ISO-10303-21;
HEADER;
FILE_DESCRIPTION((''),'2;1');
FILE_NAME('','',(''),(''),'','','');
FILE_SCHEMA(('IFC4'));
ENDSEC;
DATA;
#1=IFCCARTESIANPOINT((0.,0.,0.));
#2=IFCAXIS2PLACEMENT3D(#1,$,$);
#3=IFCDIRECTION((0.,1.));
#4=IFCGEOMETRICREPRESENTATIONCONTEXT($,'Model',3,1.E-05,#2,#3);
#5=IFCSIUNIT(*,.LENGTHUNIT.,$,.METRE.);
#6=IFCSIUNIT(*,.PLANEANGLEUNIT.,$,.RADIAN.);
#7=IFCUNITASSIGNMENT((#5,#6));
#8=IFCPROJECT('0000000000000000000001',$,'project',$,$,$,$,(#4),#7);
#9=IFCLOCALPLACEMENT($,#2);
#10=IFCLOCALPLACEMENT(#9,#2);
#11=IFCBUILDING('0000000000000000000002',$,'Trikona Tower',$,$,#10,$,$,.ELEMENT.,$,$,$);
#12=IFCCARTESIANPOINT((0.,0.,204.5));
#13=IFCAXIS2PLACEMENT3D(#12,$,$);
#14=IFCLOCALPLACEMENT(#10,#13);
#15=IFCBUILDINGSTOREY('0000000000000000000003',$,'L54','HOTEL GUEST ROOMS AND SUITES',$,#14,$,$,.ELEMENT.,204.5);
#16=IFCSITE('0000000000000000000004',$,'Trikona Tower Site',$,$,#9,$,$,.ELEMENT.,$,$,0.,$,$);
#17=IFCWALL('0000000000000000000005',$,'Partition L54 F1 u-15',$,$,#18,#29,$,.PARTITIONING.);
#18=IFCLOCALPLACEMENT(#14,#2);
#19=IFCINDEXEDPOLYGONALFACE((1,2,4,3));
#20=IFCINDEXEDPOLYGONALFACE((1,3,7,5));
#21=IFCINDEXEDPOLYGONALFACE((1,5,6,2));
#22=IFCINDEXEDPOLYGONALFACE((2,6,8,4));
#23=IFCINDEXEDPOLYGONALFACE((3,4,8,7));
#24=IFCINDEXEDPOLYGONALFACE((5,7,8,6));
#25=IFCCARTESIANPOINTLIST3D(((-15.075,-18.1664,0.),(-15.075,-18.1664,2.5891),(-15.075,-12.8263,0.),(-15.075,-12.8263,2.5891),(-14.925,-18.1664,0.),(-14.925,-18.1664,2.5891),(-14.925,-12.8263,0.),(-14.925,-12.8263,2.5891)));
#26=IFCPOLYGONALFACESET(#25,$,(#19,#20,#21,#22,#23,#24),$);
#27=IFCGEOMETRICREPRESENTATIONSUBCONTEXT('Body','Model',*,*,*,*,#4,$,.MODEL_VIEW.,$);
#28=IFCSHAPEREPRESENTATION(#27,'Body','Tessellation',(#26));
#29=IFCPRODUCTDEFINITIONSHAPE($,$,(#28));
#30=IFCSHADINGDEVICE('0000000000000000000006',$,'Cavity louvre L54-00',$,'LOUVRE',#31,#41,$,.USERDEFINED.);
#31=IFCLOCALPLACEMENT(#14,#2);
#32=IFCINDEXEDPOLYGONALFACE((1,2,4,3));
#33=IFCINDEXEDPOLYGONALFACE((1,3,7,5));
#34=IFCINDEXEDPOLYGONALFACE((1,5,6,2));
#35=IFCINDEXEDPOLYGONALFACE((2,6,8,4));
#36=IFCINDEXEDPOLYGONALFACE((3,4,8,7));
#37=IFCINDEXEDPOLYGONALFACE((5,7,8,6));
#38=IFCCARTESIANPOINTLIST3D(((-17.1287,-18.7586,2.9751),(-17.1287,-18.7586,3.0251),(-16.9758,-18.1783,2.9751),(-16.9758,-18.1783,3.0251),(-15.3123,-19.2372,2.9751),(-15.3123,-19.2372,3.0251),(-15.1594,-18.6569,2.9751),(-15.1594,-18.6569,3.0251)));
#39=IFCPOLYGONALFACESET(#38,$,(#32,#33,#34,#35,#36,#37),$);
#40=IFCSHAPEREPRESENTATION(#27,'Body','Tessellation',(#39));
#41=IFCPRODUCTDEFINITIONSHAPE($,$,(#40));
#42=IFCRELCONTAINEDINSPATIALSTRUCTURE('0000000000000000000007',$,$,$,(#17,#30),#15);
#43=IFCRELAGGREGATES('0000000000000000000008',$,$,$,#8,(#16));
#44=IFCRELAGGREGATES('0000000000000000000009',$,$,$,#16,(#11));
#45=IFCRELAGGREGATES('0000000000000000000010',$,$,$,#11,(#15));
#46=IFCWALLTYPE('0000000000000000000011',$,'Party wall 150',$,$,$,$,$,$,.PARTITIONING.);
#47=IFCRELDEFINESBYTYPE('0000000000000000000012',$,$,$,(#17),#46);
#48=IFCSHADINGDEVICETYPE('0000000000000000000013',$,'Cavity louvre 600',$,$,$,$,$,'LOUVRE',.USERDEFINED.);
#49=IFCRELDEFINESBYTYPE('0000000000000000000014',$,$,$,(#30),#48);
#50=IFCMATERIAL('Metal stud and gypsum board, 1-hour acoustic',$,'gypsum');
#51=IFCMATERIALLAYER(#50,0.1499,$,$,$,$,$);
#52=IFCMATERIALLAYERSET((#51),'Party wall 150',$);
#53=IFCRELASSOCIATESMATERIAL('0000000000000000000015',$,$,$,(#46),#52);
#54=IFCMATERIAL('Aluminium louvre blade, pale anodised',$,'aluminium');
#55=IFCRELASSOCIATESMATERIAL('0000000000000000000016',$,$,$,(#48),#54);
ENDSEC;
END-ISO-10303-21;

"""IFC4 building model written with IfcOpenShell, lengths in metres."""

from ifc_helpers import new_model, si_unit, direction, frame, frame_2d, origin, origin_2d, place, context, subcontext, project, spatial, rectangle, extrude, material, layer, layer_set, type_object, element, save


model = new_model("IFC4")

# Units and contexts
model_context = context("Model", 3, precision=1e-05, world=origin(), true_north=direction((0.0, 1.0)))
body_context = subcontext(model_context, "Body", "Model", "MODEL_VIEW")
ifc_project = project(units=[si_unit("LENGTHUNIT", "METRE"), si_unit("PLANEANGLEUNIT", "RADIAN")], contexts=[model_context])

# Site, building, storey
site_placement = place(None, origin())
site = spatial("IfcSite", under=ifc_project, at=site_placement, Name="Trikona Tower Site", CompositionType="ELEMENT", RefElevation=0.0)
building_placement = place(site_placement, origin())
building = spatial("IfcBuilding", under=site, at=building_placement, Name="Trikona Tower", CompositionType="ELEMENT")
storey_placement = place(building_placement, frame((0.0, 0.0, 204.5)))
storey = spatial("IfcBuildingStorey", under=building, at=storey_placement, Name="L54", Description="HOTEL GUEST ROOMS AND SUITES", CompositionType="ELEMENT", Elevation=204.5)

# Wall
ifc_material_1 = material(Name="Metal stud and gypsum board, 1-hour acoustic", Category="gypsum")
ifc_layer_1 = layer(ifc_material_1, 0.1499)
ifc_layer_set_1 = layer_set([ifc_layer_1], Name="Party wall 150")
wall_type_1 = type_object("IfcWallType", Name="Party wall 150", PredefinedType="PARTITIONING", material=ifc_layer_set_1)
wall_1_placement = place(storey_placement, frame((-15.0, -12.8264, 0.0), z_axis=(0.0, 0.0, 1.0), x_axis=(0.0, -1.0, 0.0)))
element("IfcWall", 1, at=wall_1_placement, inside=storey, type_object=wall_type_1, Name="Partition L54 F1 u-15", PredefinedType="PARTITIONING", context=body_context, shape_type="SweptSolid", body=[
    extrude(rectangle(XDim=5.3401, YDim=0.1499, at=frame_2d((2.6699, 0.0))), origin(), (0.0, 0.0, 1.0), 2.5891),
])

# Shading device
ifc_material_2 = material(Name="Aluminium louvre blade, pale anodised", Category="aluminium")
shading_device_type = type_object("IfcShadingDeviceType", Name="Cavity louvre 600", ElementType="LOUVRE", PredefinedType="USERDEFINED", material=ifc_material_2)
shading_device_placement = place(storey_placement, frame((-16.144, -18.7078, 2.9751), z_axis=(0.0, 0.0, 1.0), x_axis=(0.966993, -0.254803, 0.0)))
element("IfcShadingDevice", 2, at=shading_device_placement, inside=storey, type_object=shading_device_type, Name="Cavity louvre L54-00", ObjectType="LOUVRE", PredefinedType="USERDEFINED", context=body_context, shape_type="SweptSolid", body=[
    extrude(rectangle(XDim=1.8784, YDim=0.6001, at=origin_2d()), origin(), (0.0, 0.0, 1.0), 0.05),
])

save(model, "model.ifc")
